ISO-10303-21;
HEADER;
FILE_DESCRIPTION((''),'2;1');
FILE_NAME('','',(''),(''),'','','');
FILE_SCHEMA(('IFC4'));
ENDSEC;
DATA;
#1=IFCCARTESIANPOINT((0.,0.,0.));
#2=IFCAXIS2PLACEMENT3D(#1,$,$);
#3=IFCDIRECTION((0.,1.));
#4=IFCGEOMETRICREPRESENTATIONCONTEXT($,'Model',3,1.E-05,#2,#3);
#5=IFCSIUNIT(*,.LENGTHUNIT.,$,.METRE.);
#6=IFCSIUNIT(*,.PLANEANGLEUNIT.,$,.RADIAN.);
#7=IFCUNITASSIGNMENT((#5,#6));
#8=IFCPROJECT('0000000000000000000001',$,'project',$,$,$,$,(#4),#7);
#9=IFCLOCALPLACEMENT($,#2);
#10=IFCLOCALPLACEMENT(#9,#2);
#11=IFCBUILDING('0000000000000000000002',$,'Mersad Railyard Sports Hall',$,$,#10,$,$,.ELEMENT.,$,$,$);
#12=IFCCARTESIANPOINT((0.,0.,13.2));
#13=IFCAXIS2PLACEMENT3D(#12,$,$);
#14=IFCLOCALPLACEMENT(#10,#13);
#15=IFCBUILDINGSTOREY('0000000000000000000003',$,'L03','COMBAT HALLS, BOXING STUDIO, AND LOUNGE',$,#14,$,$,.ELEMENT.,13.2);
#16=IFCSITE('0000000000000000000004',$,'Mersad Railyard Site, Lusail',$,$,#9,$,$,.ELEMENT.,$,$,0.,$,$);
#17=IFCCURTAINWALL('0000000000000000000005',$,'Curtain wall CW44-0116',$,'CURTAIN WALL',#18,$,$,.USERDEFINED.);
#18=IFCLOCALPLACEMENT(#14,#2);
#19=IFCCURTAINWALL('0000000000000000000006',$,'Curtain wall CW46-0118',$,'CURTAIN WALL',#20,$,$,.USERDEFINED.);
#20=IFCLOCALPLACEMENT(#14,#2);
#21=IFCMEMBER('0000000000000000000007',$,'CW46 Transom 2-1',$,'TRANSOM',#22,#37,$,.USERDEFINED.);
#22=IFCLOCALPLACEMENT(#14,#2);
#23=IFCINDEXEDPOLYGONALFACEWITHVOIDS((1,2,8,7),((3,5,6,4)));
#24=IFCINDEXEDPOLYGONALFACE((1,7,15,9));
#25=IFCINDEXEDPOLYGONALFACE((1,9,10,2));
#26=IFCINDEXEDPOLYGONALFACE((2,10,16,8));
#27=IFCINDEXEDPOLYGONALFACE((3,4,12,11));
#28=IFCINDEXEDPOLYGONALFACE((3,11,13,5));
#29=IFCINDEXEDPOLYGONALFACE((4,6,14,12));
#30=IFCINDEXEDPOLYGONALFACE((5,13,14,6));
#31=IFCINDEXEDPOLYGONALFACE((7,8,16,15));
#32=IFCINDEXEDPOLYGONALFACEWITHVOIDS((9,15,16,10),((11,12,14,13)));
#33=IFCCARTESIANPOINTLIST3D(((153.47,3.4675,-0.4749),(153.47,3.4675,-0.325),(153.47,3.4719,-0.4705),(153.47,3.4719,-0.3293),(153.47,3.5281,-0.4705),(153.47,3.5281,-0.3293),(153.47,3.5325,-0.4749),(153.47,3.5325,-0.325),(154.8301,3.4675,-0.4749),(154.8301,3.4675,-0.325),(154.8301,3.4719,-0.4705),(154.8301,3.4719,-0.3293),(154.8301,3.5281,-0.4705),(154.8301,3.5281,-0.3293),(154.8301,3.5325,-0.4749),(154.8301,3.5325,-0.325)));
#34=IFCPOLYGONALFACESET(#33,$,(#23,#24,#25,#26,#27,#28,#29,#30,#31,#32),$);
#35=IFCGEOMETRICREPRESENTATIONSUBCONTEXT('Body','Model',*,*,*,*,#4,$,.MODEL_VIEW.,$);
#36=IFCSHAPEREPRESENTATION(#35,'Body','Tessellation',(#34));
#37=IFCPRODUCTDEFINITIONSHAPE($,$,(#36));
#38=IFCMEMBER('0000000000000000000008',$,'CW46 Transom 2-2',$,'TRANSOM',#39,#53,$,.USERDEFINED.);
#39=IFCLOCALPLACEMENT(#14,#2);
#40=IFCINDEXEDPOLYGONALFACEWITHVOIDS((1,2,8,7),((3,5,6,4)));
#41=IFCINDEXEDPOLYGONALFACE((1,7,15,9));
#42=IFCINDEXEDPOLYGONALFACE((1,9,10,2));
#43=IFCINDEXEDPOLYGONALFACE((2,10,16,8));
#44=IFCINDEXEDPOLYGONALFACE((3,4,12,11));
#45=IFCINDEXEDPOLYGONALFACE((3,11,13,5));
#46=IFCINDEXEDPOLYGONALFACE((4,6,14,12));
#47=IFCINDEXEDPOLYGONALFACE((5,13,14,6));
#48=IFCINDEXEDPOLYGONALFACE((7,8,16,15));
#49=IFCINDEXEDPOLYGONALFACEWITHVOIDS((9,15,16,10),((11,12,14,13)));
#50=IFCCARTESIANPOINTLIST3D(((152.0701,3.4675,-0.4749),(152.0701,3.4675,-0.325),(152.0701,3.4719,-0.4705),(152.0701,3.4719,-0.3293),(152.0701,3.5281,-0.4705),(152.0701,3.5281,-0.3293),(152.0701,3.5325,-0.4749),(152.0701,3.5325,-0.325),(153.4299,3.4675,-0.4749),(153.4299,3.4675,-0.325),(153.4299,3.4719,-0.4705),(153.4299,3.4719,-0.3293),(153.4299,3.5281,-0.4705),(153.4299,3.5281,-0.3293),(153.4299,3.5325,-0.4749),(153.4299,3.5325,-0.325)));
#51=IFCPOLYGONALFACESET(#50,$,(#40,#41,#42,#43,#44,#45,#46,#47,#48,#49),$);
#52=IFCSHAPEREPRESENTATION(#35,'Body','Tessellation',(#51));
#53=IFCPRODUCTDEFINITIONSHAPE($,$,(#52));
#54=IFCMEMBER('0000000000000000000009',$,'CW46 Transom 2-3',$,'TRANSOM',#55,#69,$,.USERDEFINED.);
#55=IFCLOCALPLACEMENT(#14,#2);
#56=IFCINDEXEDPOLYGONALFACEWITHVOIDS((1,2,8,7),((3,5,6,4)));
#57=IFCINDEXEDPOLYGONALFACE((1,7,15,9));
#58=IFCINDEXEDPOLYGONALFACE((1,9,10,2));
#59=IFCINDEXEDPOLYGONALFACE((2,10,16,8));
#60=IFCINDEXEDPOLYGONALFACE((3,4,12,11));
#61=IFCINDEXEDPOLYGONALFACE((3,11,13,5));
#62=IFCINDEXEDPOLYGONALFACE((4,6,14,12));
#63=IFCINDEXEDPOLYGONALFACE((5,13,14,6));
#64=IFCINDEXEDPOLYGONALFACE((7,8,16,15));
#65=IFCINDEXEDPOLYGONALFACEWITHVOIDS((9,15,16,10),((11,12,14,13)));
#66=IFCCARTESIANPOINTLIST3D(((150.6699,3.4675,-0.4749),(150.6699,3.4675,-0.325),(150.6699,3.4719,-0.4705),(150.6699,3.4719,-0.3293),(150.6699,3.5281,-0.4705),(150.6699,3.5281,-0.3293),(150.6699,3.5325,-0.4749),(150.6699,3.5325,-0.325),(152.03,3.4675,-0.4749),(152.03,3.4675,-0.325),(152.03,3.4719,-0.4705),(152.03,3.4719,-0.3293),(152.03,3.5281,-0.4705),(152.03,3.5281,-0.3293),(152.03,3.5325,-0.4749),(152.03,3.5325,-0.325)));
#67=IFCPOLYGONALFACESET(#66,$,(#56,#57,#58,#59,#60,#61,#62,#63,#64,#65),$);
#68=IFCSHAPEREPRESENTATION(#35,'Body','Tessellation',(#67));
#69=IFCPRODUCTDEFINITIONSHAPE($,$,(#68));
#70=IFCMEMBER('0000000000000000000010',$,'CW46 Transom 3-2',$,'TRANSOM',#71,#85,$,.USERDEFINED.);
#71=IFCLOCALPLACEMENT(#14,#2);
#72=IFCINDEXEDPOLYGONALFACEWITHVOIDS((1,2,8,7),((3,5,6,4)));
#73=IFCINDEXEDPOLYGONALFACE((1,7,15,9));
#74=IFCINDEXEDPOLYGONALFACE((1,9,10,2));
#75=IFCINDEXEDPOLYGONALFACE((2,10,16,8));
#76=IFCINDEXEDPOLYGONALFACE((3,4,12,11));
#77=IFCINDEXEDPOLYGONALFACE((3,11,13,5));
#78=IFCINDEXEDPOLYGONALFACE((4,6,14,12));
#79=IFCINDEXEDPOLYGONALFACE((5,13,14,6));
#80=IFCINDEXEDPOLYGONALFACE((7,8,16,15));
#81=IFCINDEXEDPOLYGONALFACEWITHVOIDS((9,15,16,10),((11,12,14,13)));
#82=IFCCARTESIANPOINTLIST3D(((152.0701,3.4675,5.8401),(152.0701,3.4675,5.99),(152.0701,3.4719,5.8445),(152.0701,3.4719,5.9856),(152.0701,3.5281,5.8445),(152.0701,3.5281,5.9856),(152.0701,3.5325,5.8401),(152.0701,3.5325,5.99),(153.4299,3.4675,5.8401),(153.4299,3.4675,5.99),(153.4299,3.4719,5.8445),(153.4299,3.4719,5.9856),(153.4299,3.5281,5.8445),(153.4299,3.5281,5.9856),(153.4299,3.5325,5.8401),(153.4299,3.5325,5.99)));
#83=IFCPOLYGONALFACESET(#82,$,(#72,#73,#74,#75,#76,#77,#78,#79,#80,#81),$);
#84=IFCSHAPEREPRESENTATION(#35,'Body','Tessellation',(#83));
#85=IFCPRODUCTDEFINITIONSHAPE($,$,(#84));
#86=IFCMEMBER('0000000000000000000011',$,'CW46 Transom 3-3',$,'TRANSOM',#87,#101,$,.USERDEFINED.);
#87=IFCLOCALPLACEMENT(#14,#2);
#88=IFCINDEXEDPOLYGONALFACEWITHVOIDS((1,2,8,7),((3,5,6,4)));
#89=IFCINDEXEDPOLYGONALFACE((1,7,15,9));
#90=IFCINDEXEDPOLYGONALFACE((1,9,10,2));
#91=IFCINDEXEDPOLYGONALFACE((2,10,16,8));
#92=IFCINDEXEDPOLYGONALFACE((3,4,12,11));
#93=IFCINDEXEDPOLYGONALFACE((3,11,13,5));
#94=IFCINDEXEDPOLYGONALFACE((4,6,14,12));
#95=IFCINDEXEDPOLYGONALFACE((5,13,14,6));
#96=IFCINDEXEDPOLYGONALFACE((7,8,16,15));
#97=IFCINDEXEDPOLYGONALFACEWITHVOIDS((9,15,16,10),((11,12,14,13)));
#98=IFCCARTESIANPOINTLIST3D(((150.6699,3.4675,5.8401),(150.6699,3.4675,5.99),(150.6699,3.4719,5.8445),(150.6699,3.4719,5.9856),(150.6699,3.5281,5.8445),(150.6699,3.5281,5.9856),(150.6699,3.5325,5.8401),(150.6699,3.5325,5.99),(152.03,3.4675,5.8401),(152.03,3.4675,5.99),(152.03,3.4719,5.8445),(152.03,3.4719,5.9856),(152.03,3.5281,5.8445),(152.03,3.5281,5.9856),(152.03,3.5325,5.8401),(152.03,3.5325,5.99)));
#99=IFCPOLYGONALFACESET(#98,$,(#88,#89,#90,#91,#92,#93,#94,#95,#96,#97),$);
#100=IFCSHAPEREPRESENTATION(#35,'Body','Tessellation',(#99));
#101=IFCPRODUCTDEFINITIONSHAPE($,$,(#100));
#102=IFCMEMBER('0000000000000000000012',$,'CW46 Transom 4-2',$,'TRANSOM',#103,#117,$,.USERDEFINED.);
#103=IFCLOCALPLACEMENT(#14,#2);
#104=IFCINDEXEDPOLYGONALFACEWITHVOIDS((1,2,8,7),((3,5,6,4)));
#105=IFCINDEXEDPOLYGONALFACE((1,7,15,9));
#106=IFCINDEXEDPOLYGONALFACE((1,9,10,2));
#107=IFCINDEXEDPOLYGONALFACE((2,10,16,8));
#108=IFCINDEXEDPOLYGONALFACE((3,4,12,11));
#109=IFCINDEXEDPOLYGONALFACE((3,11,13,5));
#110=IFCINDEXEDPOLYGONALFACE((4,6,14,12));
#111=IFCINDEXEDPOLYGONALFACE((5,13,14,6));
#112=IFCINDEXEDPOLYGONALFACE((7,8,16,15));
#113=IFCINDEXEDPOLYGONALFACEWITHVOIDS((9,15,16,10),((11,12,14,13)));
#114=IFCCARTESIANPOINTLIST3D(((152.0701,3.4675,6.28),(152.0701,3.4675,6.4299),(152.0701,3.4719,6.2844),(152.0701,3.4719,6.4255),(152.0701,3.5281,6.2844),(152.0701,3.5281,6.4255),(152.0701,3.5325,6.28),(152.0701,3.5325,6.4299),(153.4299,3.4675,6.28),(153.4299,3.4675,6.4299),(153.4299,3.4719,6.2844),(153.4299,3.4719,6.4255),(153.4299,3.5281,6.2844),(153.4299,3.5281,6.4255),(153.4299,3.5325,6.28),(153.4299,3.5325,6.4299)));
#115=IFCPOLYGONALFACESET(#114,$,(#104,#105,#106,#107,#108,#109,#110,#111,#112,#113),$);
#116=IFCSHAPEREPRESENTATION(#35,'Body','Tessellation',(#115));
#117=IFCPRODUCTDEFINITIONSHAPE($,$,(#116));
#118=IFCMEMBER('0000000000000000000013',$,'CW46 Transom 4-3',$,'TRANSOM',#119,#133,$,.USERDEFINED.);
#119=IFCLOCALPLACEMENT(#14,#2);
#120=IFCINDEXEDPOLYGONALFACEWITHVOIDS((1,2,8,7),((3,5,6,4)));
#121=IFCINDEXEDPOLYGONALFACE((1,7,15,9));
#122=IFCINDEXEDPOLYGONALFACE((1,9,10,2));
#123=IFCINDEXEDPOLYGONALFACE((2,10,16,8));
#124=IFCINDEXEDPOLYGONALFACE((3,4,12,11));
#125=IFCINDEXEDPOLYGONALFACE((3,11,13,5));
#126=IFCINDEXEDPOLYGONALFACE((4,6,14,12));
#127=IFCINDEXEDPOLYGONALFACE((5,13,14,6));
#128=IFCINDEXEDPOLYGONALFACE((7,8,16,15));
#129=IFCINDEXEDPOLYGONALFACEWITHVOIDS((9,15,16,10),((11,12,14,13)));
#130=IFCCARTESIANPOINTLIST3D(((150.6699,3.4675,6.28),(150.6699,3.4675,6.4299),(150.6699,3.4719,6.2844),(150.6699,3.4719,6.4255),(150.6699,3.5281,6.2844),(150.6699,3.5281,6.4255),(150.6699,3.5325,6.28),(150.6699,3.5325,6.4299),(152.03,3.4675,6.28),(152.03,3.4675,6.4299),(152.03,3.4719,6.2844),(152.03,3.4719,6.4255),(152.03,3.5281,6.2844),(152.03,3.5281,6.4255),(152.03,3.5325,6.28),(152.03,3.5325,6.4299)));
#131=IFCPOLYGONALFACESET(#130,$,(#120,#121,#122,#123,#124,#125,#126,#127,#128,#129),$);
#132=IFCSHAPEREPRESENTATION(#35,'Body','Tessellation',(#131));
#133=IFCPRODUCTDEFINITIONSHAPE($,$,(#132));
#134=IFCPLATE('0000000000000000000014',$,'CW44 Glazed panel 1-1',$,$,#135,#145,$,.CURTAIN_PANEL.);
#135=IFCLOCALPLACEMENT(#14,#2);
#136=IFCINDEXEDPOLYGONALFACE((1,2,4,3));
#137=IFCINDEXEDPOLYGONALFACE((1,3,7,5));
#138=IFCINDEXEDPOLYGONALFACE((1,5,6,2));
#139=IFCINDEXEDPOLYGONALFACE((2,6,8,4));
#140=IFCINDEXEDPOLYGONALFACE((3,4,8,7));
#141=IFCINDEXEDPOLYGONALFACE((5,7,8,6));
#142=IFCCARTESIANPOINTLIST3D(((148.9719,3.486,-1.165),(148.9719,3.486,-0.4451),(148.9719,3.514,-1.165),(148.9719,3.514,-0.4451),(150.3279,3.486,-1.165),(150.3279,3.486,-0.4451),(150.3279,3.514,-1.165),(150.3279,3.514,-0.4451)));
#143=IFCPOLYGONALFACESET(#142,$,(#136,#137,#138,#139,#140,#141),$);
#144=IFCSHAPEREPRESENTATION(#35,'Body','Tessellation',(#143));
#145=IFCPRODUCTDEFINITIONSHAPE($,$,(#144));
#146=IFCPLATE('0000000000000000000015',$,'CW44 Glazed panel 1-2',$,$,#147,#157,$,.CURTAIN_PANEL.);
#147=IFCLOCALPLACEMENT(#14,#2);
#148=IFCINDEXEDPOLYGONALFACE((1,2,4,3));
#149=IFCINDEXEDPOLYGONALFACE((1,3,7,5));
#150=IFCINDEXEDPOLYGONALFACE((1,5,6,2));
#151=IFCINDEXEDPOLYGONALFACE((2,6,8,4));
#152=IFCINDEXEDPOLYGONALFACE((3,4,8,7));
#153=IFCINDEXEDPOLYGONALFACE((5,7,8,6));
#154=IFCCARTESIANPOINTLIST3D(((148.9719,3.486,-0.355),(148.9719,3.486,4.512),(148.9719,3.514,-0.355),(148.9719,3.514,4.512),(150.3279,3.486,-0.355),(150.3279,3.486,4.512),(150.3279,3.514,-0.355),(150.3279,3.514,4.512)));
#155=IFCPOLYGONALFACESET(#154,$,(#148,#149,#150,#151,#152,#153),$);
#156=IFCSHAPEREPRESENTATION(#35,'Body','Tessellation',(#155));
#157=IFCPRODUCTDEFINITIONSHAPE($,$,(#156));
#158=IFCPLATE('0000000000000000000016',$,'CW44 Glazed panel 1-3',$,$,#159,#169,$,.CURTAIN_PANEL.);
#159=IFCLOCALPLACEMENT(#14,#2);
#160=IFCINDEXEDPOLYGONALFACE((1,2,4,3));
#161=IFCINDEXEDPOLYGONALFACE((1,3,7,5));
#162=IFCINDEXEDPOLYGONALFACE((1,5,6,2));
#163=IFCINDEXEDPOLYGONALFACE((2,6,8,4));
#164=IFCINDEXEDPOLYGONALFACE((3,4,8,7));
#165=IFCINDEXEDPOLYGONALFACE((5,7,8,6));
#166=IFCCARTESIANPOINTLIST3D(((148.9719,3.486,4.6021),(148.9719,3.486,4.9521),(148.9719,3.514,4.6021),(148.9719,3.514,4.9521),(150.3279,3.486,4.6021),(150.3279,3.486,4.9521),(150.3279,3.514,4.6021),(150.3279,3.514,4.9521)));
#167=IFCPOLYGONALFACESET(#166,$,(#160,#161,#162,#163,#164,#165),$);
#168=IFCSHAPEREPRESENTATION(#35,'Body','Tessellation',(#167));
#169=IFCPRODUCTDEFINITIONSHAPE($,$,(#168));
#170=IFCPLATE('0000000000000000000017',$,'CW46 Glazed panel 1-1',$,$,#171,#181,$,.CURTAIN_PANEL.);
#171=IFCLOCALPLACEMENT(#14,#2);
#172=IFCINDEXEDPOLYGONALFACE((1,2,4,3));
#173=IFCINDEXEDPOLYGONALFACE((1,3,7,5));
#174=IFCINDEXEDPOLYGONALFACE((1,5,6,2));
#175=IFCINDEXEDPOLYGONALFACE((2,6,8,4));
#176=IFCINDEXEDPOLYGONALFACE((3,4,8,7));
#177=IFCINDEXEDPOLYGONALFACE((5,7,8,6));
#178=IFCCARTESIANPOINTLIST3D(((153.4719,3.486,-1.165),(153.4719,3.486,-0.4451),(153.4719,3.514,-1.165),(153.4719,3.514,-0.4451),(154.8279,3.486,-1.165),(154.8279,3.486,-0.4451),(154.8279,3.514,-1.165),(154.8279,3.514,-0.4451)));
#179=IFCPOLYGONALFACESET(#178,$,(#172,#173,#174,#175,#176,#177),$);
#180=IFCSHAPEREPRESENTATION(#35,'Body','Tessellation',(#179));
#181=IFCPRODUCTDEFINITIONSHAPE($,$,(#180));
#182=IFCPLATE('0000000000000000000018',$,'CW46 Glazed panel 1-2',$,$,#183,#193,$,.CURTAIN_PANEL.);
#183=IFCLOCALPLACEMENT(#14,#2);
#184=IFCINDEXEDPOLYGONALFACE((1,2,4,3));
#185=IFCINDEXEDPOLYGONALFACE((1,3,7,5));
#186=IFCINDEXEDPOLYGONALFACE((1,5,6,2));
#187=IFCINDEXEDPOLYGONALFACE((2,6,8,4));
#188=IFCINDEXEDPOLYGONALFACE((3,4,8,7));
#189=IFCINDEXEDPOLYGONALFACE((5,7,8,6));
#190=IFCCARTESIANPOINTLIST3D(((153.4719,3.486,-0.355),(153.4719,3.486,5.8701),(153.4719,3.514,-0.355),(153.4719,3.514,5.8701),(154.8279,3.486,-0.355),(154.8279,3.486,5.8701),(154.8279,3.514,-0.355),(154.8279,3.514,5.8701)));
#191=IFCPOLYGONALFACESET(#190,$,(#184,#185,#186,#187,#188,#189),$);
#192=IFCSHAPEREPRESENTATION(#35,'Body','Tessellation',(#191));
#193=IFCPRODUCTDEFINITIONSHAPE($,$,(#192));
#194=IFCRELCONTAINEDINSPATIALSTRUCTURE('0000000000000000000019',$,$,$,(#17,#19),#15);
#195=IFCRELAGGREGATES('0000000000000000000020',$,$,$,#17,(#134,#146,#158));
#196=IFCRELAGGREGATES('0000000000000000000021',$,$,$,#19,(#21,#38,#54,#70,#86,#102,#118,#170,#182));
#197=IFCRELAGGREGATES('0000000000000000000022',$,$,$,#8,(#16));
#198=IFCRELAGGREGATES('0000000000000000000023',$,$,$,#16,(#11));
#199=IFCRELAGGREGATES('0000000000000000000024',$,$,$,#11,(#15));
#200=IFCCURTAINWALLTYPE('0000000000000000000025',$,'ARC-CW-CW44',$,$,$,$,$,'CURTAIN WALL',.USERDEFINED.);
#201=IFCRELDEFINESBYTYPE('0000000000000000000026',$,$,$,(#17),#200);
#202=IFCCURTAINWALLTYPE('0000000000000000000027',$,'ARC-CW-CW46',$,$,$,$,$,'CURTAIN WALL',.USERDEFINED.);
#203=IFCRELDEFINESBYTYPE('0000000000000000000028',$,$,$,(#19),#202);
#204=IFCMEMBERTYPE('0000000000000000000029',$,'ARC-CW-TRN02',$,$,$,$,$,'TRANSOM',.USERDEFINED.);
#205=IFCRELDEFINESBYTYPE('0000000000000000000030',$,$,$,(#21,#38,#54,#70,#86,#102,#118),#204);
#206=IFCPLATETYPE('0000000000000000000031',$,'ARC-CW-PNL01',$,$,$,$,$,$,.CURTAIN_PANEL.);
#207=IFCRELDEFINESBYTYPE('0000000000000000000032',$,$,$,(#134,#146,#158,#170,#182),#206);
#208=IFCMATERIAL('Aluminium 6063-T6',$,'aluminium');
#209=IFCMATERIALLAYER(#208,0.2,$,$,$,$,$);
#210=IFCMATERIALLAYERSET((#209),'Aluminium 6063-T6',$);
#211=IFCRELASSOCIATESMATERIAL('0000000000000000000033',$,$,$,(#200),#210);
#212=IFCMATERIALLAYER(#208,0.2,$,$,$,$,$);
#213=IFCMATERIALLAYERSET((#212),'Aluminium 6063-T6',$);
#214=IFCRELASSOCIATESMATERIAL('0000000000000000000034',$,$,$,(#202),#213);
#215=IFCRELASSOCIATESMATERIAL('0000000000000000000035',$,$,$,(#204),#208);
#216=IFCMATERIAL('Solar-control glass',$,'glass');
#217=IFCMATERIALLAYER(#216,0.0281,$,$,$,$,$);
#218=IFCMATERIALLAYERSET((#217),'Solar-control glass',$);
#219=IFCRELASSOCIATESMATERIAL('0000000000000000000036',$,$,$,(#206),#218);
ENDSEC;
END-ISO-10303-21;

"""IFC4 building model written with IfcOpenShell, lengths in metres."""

from ifc_helpers import new_model, si_unit, direction, frame, origin, origin_2d, place, context, subcontext, project, spatial, rectangle, hollow_rectangle, extrude, material, layer, layer_set, material_profile, profile_set, type_object, element, aggregate, save


model = new_model("IFC4")

# Units and contexts
model_context = context("Model", 3, precision=1e-05, world=origin(), true_north=direction((0.0, 1.0)))
body_context = subcontext(model_context, "Body", "Model", "MODEL_VIEW")
ifc_project = project(units=[si_unit("LENGTHUNIT", "METRE"), si_unit("PLANEANGLEUNIT", "RADIAN")], contexts=[model_context])

# Site, building, storey
site_placement = place(None, origin())
site = spatial("IfcSite", under=ifc_project, at=site_placement, Name="Mersad Railyard Site, Lusail", CompositionType="ELEMENT", RefElevation=0.0)
building_placement = place(site_placement, origin())
building = spatial("IfcBuilding", under=site, at=building_placement, Name="Mersad Railyard Sports Hall", CompositionType="ELEMENT")
storey_placement = place(building_placement, frame((0.0, 0.0, 13.2)))
storey = spatial("IfcBuildingStorey", under=building, at=storey_placement, Name="L03", Description="COMBAT HALLS, BOXING STUDIO, AND LOUNGE", CompositionType="ELEMENT", Elevation=13.2)

# Curtain wall
ifc_material_1 = material(Name="Aluminium 6063-T6", Category="aluminium")
ifc_layer_1 = layer(ifc_material_1, 0.2)
ifc_layer_set_1 = layer_set([ifc_layer_1], Name="Aluminium 6063-T6")
curtain_wall_type_1 = type_object("IfcCurtainWallType", Name="ARC-CW-CW44", ElementType="CURTAIN WALL", PredefinedType="USERDEFINED", material=ifc_layer_set_1)
curtain_wall_1_placement = place(storey_placement, origin())
curtain_wall_1 = element("IfcCurtainWall", 1, at=curtain_wall_1_placement, inside=storey, type_object=curtain_wall_type_1, Name="Curtain wall CW44-0116", ObjectType="CURTAIN WALL", PredefinedType="USERDEFINED")

# Curtain wall
ifc_layer_2 = layer(ifc_material_1, 0.2)
ifc_layer_set_2 = layer_set([ifc_layer_2], Name="Aluminium 6063-T6")
curtain_wall_type_2 = type_object("IfcCurtainWallType", Name="ARC-CW-CW46", ElementType="CURTAIN WALL", PredefinedType="USERDEFINED", material=ifc_layer_set_2)
curtain_wall_2_placement = place(storey_placement, origin())
curtain_wall_2 = element("IfcCurtainWall", 2, at=curtain_wall_2_placement, inside=storey, type_object=curtain_wall_type_2, Name="Curtain wall CW46-0118", ObjectType="CURTAIN WALL", PredefinedType="USERDEFINED")

# Members
ifc_material_profile_1 = material_profile(ifc_material_1, hollow_rectangle(XDim=0.0649, YDim=0.1499, WallThickness=0.0044, at=origin_2d()), Name="AL TRANSOM 65x150x4.5")
ifc_profile_set_1 = profile_set([ifc_material_profile_1], Name="Aluminium 6063-T6")
member_type_1 = type_object("IfcMemberType", Name="ARC-CW-TRN02", ElementType="TRANSOM", PredefinedType="USERDEFINED", material=ifc_profile_set_1)
member_1_placement = place(storey_placement, frame((154.8301, 3.5, -0.3999), z_axis=(-1.0, 0.0, 0.0), x_axis=(0.0, -1.0, 0.0)))
member_1 = element("IfcMember", 3, at=member_1_placement, type_object=member_type_1, Name="CW46 Transom 2-1", ObjectType="TRANSOM", PredefinedType="USERDEFINED", context=body_context, shape_type="SweptSolid", body=[
    extrude(hollow_rectangle(XDim=0.0649, YDim=0.1499, WallThickness=0.0044, at=origin_2d()), origin(), (0.0, 0.0, 1.0), 1.3601),
])
member_2_placement = place(storey_placement, frame((153.4299, 3.5, -0.3999), z_axis=(-1.0, 0.0, 0.0), x_axis=(0.0, -1.0, 0.0)))
member_2 = element("IfcMember", 4, at=member_2_placement, type_object=member_type_1, Name="CW46 Transom 2-2", ObjectType="TRANSOM", PredefinedType="USERDEFINED", context=body_context, shape_type="SweptSolid", body=[
    extrude(hollow_rectangle(XDim=0.0649, YDim=0.1499, WallThickness=0.0044, at=origin_2d()), origin(), (0.0, 0.0, 1.0), 1.3599),
])
member_3_placement = place(storey_placement, frame((152.03, 3.5, -0.3999), z_axis=(-1.0, 0.0, 0.0), x_axis=(0.0, -1.0, 0.0)))
member_3 = element("IfcMember", 5, at=member_3_placement, type_object=member_type_1, Name="CW46 Transom 2-3", ObjectType="TRANSOM", PredefinedType="USERDEFINED", context=body_context, shape_type="SweptSolid", body=[
    extrude(hollow_rectangle(XDim=0.0649, YDim=0.1499, WallThickness=0.0044, at=origin_2d()), origin(), (0.0, 0.0, 1.0), 1.3601),
])
member_4_placement = place(storey_placement, frame((153.4299, 3.5, 5.915), z_axis=(-1.0, 0.0, 0.0), x_axis=(0.0, -1.0, 0.0)))
member_4 = element("IfcMember", 6, at=member_4_placement, type_object=member_type_1, Name="CW46 Transom 3-2", ObjectType="TRANSOM", PredefinedType="USERDEFINED", context=body_context, shape_type="SweptSolid", body=[
    extrude(hollow_rectangle(XDim=0.0649, YDim=0.1499, WallThickness=0.0044, at=origin_2d()), origin(), (0.0, 0.0, 1.0), 1.3599),
])
member_5_placement = place(storey_placement, frame((152.03, 3.5, 5.915), z_axis=(-1.0, 0.0, 0.0), x_axis=(0.0, -1.0, 0.0)))
member_5 = element("IfcMember", 7, at=member_5_placement, type_object=member_type_1, Name="CW46 Transom 3-3", ObjectType="TRANSOM", PredefinedType="USERDEFINED", context=body_context, shape_type="SweptSolid", body=[
    extrude(hollow_rectangle(XDim=0.0649, YDim=0.1499, WallThickness=0.0044, at=origin_2d()), origin(), (0.0, 0.0, 1.0), 1.3601),
])
member_6_placement = place(storey_placement, frame((153.4299, 3.5, 6.355), z_axis=(-1.0, 0.0, 0.0), x_axis=(0.0, -1.0, 0.0)))
member_6 = element("IfcMember", 8, at=member_6_placement, type_object=member_type_1, Name="CW46 Transom 4-2", ObjectType="TRANSOM", PredefinedType="USERDEFINED", context=body_context, shape_type="SweptSolid", body=[
    extrude(hollow_rectangle(XDim=0.0649, YDim=0.1499, WallThickness=0.0044, at=origin_2d()), origin(), (0.0, 0.0, 1.0), 1.3599),
])
member_7_placement = place(storey_placement, frame((152.03, 3.5, 6.355), z_axis=(-1.0, 0.0, 0.0), x_axis=(0.0, -1.0, 0.0)))
member_7 = element("IfcMember", 9, at=member_7_placement, type_object=member_type_1, Name="CW46 Transom 4-3", ObjectType="TRANSOM", PredefinedType="USERDEFINED", context=body_context, shape_type="SweptSolid", body=[
    extrude(hollow_rectangle(XDim=0.0649, YDim=0.1499, WallThickness=0.0044, at=origin_2d()), origin(), (0.0, 0.0, 1.0), 1.3601),
])

# Plates
ifc_material_2 = material(Name="Solar-control glass", Category="glass")
ifc_layer_3 = layer(ifc_material_2, 0.0281)
ifc_layer_set_3 = layer_set([ifc_layer_3], Name="Solar-control glass")
plate_type = type_object("IfcPlateType", Name="ARC-CW-PNL01", PredefinedType="CURTAIN_PANEL", material=ifc_layer_set_3)
plate_1_placement = place(storey_placement, frame((149.6499, 3.5, -1.165), z_axis=(0.0, 0.0, 1.0), x_axis=(-1.0, 0.0, 0.0)))
plate_1 = element("IfcPlate", 10, at=plate_1_placement, type_object=plate_type, Name="CW44 Glazed panel 1-1", PredefinedType="CURTAIN_PANEL", context=body_context, shape_type="SweptSolid", body=[
    extrude(rectangle(XDim=1.356, YDim=0.0281, at=origin_2d()), origin(), (0.0, 0.0, 1.0), 0.72),
])
plate_2_placement = place(storey_placement, frame((149.6499, 3.5, -0.355), z_axis=(0.0, 0.0, 1.0), x_axis=(-1.0, 0.0, 0.0)))
plate_2 = element("IfcPlate", 11, at=plate_2_placement, type_object=plate_type, Name="CW44 Glazed panel 1-2", PredefinedType="CURTAIN_PANEL", context=body_context, shape_type="SweptSolid", body=[
    extrude(rectangle(XDim=1.356, YDim=0.0281, at=origin_2d()), origin(), (0.0, 0.0, 1.0), 4.8669),
])
plate_3_placement = place(storey_placement, frame((149.6499, 3.5, 4.6021), z_axis=(0.0, 0.0, 1.0), x_axis=(-1.0, 0.0, 0.0)))
plate_3 = element("IfcPlate", 12, at=plate_3_placement, type_object=plate_type, Name="CW44 Glazed panel 1-3", PredefinedType="CURTAIN_PANEL", context=body_context, shape_type="SweptSolid", body=[
    extrude(rectangle(XDim=1.356, YDim=0.0281, at=origin_2d()), origin(), (0.0, 0.0, 1.0), 0.3501),
])
aggregate(curtain_wall_1, [plate_1, plate_2, plate_3])
plate_4_placement = place(storey_placement, frame((154.1499, 3.5, -1.165), z_axis=(0.0, 0.0, 1.0), x_axis=(-1.0, 0.0, 0.0)))
plate_4 = element("IfcPlate", 13, at=plate_4_placement, type_object=plate_type, Name="CW46 Glazed panel 1-1", PredefinedType="CURTAIN_PANEL", context=body_context, shape_type="SweptSolid", body=[
    extrude(rectangle(XDim=1.356, YDim=0.0281, at=origin_2d()), origin(), (0.0, 0.0, 1.0), 0.72),
])
plate_5_placement = place(storey_placement, frame((154.1499, 3.5, -0.355), z_axis=(0.0, 0.0, 1.0), x_axis=(-1.0, 0.0, 0.0)))
plate_5 = element("IfcPlate", 14, at=plate_5_placement, type_object=plate_type, Name="CW46 Glazed panel 1-2", PredefinedType="CURTAIN_PANEL", context=body_context, shape_type="SweptSolid", body=[
    extrude(rectangle(XDim=1.356, YDim=0.0281, at=origin_2d()), origin(), (0.0, 0.0, 1.0), 6.2251),
])
aggregate(curtain_wall_2, [member_1, member_2, member_3, member_4, member_5, member_6, member_7, plate_4, plate_5])

save(model, "model.ifc")
